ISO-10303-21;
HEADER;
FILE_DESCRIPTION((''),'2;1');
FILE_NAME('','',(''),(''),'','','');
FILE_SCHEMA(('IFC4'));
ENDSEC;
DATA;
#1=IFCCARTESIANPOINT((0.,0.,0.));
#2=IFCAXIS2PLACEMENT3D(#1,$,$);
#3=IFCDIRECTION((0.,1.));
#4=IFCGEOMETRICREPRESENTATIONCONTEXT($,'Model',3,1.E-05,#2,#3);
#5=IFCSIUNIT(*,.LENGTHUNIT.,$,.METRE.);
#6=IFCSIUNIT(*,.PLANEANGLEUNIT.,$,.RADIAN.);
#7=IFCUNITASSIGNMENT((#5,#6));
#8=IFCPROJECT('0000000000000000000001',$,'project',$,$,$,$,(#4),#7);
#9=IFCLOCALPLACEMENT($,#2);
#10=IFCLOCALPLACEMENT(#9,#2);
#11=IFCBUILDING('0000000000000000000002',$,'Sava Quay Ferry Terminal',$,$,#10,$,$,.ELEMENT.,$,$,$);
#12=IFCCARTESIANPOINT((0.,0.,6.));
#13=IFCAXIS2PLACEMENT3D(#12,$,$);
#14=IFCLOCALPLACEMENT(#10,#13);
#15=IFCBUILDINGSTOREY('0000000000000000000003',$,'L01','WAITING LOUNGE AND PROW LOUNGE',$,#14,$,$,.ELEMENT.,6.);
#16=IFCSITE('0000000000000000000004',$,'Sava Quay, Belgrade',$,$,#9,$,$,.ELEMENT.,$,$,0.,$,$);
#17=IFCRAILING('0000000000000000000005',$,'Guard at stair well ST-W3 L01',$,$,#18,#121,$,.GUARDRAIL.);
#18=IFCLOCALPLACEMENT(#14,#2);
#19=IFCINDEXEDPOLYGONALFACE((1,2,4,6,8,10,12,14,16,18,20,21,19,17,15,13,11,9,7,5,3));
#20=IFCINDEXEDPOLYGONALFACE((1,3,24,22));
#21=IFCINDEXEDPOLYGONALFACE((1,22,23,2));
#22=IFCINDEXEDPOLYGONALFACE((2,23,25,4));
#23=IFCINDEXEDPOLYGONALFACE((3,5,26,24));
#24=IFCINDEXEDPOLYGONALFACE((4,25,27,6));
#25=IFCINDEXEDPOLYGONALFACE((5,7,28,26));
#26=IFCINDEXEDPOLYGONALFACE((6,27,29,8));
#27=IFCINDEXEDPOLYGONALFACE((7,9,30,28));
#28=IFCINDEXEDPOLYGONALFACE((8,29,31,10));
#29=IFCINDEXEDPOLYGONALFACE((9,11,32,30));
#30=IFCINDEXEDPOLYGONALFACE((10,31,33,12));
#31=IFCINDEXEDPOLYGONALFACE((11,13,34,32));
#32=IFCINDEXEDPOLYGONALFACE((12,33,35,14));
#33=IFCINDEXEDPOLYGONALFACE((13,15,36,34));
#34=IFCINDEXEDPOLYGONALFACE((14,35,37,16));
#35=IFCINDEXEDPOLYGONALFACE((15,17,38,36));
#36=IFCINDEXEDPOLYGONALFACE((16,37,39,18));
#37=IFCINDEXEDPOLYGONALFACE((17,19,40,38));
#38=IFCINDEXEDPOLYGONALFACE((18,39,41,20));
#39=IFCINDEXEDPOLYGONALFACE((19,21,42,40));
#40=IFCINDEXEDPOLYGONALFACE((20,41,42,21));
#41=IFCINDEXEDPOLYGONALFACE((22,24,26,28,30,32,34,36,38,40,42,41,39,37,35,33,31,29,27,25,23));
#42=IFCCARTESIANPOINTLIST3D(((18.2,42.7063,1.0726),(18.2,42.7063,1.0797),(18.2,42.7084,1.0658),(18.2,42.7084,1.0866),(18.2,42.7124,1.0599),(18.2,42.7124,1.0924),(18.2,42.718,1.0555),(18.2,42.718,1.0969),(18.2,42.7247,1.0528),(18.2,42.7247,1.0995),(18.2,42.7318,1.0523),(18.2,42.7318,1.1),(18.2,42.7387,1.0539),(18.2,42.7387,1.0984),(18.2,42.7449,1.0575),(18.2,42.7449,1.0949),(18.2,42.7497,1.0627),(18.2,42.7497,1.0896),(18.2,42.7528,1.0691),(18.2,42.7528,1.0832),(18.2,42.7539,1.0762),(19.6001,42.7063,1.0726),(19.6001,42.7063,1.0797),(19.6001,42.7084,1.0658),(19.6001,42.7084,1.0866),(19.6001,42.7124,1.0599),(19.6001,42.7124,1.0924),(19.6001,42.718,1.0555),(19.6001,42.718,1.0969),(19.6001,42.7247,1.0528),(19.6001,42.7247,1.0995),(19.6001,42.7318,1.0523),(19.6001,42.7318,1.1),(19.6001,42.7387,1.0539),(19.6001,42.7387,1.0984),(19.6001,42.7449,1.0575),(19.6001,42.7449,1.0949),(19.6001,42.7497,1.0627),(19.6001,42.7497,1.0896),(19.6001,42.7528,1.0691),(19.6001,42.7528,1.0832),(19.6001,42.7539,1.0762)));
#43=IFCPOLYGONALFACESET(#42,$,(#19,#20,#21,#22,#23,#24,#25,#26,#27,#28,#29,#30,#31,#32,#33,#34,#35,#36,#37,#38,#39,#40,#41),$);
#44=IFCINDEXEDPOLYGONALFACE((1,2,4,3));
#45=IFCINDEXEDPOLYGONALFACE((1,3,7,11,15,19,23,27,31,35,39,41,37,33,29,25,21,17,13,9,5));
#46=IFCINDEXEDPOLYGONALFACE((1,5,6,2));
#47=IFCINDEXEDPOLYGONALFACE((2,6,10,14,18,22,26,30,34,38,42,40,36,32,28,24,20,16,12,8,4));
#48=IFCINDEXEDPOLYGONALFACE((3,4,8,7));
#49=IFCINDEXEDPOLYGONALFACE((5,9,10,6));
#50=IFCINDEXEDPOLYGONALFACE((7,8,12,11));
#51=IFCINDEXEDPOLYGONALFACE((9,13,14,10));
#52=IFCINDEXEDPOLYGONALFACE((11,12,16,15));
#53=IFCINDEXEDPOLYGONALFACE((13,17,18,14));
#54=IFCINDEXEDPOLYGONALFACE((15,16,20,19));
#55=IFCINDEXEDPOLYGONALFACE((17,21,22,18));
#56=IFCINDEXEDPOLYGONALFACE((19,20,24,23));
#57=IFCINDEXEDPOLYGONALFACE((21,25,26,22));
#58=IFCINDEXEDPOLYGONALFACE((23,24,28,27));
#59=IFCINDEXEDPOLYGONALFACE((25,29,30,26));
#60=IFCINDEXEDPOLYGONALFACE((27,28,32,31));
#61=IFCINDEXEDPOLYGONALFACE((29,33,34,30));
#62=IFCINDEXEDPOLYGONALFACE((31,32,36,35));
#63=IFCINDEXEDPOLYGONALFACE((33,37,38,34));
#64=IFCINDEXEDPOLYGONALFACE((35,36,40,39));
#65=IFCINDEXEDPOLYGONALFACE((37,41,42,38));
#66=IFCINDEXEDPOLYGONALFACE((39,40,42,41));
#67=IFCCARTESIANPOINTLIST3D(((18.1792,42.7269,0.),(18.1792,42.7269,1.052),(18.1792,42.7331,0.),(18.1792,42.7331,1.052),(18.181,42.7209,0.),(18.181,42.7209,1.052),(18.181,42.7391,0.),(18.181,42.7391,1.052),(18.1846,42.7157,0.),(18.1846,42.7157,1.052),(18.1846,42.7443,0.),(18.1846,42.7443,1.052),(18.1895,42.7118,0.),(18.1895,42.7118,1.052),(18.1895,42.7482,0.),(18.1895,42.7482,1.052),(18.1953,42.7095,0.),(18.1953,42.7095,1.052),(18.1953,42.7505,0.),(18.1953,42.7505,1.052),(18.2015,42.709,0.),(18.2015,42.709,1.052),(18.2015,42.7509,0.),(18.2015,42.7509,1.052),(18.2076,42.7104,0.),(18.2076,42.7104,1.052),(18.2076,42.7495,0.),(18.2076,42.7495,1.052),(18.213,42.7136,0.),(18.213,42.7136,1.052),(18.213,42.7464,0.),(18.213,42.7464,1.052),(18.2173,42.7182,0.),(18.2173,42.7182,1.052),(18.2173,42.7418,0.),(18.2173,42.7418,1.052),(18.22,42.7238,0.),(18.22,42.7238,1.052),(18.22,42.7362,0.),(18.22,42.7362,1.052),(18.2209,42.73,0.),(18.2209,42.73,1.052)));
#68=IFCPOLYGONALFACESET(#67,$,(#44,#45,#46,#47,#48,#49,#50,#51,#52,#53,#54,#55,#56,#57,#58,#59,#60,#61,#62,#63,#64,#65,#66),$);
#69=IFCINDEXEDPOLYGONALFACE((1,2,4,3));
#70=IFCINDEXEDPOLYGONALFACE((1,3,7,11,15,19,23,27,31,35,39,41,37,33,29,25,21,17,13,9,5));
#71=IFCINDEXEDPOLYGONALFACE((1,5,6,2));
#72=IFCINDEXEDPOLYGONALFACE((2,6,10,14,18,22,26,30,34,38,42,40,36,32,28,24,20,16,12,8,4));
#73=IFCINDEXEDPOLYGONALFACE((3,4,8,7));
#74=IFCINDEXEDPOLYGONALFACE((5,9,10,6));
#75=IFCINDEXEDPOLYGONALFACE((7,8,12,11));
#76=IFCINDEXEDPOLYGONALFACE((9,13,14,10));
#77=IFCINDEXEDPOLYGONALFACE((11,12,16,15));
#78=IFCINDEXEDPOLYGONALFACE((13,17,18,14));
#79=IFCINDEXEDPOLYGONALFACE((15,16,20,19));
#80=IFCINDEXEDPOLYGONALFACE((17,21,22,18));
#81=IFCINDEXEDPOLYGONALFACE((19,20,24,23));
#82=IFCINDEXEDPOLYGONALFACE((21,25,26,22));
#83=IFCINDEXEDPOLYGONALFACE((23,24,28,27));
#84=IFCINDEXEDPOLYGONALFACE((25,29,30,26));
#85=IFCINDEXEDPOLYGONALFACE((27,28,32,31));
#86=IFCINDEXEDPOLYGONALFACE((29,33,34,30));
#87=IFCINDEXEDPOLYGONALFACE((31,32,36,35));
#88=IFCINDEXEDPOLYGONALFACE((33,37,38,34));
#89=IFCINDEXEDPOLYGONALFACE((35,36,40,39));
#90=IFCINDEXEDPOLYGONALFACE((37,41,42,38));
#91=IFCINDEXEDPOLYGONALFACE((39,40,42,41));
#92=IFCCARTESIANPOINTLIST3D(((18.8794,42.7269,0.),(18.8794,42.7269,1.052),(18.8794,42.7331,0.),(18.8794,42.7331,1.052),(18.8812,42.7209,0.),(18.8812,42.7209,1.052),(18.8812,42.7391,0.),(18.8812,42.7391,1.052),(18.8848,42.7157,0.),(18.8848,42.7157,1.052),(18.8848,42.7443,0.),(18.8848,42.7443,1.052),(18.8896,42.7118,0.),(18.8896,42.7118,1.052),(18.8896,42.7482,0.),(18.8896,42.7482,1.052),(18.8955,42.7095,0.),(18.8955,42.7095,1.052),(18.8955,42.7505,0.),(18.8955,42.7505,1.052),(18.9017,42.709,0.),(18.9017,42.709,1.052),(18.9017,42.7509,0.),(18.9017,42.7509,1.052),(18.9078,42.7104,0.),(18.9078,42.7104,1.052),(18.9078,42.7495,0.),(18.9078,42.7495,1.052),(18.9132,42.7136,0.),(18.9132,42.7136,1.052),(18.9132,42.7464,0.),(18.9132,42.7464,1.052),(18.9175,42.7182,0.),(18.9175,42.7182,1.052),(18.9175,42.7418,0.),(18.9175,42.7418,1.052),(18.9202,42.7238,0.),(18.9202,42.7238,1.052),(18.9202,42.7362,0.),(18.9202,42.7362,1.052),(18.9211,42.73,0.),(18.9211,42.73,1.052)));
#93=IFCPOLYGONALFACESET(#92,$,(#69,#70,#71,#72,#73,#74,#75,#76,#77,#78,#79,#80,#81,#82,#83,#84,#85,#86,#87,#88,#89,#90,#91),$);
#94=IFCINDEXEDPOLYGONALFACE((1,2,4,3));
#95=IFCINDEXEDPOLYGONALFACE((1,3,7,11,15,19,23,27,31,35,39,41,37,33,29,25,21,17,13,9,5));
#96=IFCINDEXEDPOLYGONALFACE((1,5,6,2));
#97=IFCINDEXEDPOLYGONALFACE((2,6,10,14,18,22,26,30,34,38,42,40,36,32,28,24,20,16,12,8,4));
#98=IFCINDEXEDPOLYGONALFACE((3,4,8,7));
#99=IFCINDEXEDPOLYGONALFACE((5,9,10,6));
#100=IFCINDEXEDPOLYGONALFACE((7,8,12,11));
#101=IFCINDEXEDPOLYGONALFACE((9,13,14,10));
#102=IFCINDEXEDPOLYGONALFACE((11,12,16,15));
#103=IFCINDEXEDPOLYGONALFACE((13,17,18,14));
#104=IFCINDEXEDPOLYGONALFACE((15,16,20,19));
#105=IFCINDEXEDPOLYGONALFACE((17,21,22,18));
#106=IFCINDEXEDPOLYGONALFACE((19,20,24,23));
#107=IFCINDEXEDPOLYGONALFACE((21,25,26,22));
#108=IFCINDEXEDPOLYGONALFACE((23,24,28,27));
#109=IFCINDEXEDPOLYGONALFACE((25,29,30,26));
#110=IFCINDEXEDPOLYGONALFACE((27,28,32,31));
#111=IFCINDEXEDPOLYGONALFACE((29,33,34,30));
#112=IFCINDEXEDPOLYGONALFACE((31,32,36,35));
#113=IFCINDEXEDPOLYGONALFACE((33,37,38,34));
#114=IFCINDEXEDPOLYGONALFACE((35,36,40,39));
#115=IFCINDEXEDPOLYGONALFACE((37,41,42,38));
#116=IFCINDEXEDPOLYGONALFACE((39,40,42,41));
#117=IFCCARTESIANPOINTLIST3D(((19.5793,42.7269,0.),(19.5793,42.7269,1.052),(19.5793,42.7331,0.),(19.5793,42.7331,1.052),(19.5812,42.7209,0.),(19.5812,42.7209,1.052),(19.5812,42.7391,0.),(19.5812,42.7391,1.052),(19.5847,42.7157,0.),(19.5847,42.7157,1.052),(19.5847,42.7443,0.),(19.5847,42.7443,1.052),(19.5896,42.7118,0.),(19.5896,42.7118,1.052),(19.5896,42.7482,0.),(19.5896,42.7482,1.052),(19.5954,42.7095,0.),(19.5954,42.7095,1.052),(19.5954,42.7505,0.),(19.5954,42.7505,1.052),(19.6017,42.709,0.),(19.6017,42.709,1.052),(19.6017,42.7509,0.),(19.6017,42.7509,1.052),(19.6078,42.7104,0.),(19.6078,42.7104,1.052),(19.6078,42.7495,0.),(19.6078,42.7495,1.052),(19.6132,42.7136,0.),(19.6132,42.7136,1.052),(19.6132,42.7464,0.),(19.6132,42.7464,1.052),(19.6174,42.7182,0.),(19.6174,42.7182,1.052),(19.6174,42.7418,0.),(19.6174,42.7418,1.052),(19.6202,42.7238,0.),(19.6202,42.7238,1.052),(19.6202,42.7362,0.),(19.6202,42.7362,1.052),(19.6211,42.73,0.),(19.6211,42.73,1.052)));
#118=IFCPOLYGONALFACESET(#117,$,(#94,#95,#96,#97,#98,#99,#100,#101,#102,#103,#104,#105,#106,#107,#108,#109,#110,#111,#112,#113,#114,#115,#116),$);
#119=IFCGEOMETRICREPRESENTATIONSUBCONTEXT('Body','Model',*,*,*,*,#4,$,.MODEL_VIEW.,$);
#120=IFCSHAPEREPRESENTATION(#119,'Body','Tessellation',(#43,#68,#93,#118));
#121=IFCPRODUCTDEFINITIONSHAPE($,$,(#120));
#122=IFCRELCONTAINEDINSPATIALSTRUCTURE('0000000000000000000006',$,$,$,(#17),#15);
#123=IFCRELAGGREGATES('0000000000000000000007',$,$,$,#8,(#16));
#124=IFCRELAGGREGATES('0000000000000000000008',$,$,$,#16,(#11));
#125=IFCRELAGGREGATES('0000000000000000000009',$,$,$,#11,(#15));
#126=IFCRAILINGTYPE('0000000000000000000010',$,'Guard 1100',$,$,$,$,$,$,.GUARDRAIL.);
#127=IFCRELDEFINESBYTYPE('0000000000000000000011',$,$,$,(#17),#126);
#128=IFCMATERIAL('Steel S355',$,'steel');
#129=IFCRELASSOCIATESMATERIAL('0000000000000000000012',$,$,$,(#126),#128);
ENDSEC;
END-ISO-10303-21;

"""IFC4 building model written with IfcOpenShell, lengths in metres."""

from ifc_helpers import new_model, si_unit, direction, frame, origin, origin_2d, place, context, subcontext, project, spatial, circle, extrude, material, type_object, element, save


model = new_model("IFC4")

# Units and contexts
model_context = context("Model", 3, precision=1e-05, world=origin(), true_north=direction((0.0, 1.0)))
body_context = subcontext(model_context, "Body", "Model", "MODEL_VIEW")
ifc_project = project(units=[si_unit("LENGTHUNIT", "METRE"), si_unit("PLANEANGLEUNIT", "RADIAN")], contexts=[model_context])

# Site, building, storey
site_placement = place(None, origin())
site = spatial("IfcSite", under=ifc_project, at=site_placement, Name="Sava Quay, Belgrade", CompositionType="ELEMENT", RefElevation=0.0)
building_placement = place(site_placement, origin())
building = spatial("IfcBuilding", under=site, at=building_placement, Name="Sava Quay Ferry Terminal", CompositionType="ELEMENT")
storey_placement = place(building_placement, frame((0.0, 0.0, 6.0)))
storey = spatial("IfcBuildingStorey", under=building, at=storey_placement, Name="L01", Description="WAITING LOUNGE AND PROW LOUNGE", CompositionType="ELEMENT", Elevation=6.0)

# Railing
ifc_material_1 = material(Name="Steel S355", Category="steel")
railing_type_1 = type_object("IfcRailingType", Name="Guard 1100", PredefinedType="GUARDRAIL", material=ifc_material_1)
railing_1_placement = place(storey_placement, frame((18.2, 42.73, 0.0)))
element("IfcRailing", 1, at=railing_1_placement, inside=storey, type_object=railing_type_1, Name="Guard at stair well ST-W3 L01", PredefinedType="GUARDRAIL", context=body_context, shape_type="SweptSolid", body=[
    extrude(circle(Radius=0.0239, at=origin_2d()), frame((0.0, 0.0, 1.0762), z_axis=(1.0, 0.0, 0.0), x_axis=(0.0, 1.0, 0.0)), (0.0, 0.0, 1.0), 1.4001),
    extrude(circle(Radius=0.021, at=origin_2d()), origin(), (0.0, 0.0, 1.0), 1.052),
    extrude(circle(Radius=0.021, at=origin_2d()), frame((0.7002, 0.0, 0.0)), (0.0, 0.0, 1.0), 1.052),
    extrude(circle(Radius=0.021, at=origin_2d()), frame((1.4001, 0.0, 0.0)), (0.0, 0.0, 1.0), 1.052),
])

save(model, "model.ifc")
